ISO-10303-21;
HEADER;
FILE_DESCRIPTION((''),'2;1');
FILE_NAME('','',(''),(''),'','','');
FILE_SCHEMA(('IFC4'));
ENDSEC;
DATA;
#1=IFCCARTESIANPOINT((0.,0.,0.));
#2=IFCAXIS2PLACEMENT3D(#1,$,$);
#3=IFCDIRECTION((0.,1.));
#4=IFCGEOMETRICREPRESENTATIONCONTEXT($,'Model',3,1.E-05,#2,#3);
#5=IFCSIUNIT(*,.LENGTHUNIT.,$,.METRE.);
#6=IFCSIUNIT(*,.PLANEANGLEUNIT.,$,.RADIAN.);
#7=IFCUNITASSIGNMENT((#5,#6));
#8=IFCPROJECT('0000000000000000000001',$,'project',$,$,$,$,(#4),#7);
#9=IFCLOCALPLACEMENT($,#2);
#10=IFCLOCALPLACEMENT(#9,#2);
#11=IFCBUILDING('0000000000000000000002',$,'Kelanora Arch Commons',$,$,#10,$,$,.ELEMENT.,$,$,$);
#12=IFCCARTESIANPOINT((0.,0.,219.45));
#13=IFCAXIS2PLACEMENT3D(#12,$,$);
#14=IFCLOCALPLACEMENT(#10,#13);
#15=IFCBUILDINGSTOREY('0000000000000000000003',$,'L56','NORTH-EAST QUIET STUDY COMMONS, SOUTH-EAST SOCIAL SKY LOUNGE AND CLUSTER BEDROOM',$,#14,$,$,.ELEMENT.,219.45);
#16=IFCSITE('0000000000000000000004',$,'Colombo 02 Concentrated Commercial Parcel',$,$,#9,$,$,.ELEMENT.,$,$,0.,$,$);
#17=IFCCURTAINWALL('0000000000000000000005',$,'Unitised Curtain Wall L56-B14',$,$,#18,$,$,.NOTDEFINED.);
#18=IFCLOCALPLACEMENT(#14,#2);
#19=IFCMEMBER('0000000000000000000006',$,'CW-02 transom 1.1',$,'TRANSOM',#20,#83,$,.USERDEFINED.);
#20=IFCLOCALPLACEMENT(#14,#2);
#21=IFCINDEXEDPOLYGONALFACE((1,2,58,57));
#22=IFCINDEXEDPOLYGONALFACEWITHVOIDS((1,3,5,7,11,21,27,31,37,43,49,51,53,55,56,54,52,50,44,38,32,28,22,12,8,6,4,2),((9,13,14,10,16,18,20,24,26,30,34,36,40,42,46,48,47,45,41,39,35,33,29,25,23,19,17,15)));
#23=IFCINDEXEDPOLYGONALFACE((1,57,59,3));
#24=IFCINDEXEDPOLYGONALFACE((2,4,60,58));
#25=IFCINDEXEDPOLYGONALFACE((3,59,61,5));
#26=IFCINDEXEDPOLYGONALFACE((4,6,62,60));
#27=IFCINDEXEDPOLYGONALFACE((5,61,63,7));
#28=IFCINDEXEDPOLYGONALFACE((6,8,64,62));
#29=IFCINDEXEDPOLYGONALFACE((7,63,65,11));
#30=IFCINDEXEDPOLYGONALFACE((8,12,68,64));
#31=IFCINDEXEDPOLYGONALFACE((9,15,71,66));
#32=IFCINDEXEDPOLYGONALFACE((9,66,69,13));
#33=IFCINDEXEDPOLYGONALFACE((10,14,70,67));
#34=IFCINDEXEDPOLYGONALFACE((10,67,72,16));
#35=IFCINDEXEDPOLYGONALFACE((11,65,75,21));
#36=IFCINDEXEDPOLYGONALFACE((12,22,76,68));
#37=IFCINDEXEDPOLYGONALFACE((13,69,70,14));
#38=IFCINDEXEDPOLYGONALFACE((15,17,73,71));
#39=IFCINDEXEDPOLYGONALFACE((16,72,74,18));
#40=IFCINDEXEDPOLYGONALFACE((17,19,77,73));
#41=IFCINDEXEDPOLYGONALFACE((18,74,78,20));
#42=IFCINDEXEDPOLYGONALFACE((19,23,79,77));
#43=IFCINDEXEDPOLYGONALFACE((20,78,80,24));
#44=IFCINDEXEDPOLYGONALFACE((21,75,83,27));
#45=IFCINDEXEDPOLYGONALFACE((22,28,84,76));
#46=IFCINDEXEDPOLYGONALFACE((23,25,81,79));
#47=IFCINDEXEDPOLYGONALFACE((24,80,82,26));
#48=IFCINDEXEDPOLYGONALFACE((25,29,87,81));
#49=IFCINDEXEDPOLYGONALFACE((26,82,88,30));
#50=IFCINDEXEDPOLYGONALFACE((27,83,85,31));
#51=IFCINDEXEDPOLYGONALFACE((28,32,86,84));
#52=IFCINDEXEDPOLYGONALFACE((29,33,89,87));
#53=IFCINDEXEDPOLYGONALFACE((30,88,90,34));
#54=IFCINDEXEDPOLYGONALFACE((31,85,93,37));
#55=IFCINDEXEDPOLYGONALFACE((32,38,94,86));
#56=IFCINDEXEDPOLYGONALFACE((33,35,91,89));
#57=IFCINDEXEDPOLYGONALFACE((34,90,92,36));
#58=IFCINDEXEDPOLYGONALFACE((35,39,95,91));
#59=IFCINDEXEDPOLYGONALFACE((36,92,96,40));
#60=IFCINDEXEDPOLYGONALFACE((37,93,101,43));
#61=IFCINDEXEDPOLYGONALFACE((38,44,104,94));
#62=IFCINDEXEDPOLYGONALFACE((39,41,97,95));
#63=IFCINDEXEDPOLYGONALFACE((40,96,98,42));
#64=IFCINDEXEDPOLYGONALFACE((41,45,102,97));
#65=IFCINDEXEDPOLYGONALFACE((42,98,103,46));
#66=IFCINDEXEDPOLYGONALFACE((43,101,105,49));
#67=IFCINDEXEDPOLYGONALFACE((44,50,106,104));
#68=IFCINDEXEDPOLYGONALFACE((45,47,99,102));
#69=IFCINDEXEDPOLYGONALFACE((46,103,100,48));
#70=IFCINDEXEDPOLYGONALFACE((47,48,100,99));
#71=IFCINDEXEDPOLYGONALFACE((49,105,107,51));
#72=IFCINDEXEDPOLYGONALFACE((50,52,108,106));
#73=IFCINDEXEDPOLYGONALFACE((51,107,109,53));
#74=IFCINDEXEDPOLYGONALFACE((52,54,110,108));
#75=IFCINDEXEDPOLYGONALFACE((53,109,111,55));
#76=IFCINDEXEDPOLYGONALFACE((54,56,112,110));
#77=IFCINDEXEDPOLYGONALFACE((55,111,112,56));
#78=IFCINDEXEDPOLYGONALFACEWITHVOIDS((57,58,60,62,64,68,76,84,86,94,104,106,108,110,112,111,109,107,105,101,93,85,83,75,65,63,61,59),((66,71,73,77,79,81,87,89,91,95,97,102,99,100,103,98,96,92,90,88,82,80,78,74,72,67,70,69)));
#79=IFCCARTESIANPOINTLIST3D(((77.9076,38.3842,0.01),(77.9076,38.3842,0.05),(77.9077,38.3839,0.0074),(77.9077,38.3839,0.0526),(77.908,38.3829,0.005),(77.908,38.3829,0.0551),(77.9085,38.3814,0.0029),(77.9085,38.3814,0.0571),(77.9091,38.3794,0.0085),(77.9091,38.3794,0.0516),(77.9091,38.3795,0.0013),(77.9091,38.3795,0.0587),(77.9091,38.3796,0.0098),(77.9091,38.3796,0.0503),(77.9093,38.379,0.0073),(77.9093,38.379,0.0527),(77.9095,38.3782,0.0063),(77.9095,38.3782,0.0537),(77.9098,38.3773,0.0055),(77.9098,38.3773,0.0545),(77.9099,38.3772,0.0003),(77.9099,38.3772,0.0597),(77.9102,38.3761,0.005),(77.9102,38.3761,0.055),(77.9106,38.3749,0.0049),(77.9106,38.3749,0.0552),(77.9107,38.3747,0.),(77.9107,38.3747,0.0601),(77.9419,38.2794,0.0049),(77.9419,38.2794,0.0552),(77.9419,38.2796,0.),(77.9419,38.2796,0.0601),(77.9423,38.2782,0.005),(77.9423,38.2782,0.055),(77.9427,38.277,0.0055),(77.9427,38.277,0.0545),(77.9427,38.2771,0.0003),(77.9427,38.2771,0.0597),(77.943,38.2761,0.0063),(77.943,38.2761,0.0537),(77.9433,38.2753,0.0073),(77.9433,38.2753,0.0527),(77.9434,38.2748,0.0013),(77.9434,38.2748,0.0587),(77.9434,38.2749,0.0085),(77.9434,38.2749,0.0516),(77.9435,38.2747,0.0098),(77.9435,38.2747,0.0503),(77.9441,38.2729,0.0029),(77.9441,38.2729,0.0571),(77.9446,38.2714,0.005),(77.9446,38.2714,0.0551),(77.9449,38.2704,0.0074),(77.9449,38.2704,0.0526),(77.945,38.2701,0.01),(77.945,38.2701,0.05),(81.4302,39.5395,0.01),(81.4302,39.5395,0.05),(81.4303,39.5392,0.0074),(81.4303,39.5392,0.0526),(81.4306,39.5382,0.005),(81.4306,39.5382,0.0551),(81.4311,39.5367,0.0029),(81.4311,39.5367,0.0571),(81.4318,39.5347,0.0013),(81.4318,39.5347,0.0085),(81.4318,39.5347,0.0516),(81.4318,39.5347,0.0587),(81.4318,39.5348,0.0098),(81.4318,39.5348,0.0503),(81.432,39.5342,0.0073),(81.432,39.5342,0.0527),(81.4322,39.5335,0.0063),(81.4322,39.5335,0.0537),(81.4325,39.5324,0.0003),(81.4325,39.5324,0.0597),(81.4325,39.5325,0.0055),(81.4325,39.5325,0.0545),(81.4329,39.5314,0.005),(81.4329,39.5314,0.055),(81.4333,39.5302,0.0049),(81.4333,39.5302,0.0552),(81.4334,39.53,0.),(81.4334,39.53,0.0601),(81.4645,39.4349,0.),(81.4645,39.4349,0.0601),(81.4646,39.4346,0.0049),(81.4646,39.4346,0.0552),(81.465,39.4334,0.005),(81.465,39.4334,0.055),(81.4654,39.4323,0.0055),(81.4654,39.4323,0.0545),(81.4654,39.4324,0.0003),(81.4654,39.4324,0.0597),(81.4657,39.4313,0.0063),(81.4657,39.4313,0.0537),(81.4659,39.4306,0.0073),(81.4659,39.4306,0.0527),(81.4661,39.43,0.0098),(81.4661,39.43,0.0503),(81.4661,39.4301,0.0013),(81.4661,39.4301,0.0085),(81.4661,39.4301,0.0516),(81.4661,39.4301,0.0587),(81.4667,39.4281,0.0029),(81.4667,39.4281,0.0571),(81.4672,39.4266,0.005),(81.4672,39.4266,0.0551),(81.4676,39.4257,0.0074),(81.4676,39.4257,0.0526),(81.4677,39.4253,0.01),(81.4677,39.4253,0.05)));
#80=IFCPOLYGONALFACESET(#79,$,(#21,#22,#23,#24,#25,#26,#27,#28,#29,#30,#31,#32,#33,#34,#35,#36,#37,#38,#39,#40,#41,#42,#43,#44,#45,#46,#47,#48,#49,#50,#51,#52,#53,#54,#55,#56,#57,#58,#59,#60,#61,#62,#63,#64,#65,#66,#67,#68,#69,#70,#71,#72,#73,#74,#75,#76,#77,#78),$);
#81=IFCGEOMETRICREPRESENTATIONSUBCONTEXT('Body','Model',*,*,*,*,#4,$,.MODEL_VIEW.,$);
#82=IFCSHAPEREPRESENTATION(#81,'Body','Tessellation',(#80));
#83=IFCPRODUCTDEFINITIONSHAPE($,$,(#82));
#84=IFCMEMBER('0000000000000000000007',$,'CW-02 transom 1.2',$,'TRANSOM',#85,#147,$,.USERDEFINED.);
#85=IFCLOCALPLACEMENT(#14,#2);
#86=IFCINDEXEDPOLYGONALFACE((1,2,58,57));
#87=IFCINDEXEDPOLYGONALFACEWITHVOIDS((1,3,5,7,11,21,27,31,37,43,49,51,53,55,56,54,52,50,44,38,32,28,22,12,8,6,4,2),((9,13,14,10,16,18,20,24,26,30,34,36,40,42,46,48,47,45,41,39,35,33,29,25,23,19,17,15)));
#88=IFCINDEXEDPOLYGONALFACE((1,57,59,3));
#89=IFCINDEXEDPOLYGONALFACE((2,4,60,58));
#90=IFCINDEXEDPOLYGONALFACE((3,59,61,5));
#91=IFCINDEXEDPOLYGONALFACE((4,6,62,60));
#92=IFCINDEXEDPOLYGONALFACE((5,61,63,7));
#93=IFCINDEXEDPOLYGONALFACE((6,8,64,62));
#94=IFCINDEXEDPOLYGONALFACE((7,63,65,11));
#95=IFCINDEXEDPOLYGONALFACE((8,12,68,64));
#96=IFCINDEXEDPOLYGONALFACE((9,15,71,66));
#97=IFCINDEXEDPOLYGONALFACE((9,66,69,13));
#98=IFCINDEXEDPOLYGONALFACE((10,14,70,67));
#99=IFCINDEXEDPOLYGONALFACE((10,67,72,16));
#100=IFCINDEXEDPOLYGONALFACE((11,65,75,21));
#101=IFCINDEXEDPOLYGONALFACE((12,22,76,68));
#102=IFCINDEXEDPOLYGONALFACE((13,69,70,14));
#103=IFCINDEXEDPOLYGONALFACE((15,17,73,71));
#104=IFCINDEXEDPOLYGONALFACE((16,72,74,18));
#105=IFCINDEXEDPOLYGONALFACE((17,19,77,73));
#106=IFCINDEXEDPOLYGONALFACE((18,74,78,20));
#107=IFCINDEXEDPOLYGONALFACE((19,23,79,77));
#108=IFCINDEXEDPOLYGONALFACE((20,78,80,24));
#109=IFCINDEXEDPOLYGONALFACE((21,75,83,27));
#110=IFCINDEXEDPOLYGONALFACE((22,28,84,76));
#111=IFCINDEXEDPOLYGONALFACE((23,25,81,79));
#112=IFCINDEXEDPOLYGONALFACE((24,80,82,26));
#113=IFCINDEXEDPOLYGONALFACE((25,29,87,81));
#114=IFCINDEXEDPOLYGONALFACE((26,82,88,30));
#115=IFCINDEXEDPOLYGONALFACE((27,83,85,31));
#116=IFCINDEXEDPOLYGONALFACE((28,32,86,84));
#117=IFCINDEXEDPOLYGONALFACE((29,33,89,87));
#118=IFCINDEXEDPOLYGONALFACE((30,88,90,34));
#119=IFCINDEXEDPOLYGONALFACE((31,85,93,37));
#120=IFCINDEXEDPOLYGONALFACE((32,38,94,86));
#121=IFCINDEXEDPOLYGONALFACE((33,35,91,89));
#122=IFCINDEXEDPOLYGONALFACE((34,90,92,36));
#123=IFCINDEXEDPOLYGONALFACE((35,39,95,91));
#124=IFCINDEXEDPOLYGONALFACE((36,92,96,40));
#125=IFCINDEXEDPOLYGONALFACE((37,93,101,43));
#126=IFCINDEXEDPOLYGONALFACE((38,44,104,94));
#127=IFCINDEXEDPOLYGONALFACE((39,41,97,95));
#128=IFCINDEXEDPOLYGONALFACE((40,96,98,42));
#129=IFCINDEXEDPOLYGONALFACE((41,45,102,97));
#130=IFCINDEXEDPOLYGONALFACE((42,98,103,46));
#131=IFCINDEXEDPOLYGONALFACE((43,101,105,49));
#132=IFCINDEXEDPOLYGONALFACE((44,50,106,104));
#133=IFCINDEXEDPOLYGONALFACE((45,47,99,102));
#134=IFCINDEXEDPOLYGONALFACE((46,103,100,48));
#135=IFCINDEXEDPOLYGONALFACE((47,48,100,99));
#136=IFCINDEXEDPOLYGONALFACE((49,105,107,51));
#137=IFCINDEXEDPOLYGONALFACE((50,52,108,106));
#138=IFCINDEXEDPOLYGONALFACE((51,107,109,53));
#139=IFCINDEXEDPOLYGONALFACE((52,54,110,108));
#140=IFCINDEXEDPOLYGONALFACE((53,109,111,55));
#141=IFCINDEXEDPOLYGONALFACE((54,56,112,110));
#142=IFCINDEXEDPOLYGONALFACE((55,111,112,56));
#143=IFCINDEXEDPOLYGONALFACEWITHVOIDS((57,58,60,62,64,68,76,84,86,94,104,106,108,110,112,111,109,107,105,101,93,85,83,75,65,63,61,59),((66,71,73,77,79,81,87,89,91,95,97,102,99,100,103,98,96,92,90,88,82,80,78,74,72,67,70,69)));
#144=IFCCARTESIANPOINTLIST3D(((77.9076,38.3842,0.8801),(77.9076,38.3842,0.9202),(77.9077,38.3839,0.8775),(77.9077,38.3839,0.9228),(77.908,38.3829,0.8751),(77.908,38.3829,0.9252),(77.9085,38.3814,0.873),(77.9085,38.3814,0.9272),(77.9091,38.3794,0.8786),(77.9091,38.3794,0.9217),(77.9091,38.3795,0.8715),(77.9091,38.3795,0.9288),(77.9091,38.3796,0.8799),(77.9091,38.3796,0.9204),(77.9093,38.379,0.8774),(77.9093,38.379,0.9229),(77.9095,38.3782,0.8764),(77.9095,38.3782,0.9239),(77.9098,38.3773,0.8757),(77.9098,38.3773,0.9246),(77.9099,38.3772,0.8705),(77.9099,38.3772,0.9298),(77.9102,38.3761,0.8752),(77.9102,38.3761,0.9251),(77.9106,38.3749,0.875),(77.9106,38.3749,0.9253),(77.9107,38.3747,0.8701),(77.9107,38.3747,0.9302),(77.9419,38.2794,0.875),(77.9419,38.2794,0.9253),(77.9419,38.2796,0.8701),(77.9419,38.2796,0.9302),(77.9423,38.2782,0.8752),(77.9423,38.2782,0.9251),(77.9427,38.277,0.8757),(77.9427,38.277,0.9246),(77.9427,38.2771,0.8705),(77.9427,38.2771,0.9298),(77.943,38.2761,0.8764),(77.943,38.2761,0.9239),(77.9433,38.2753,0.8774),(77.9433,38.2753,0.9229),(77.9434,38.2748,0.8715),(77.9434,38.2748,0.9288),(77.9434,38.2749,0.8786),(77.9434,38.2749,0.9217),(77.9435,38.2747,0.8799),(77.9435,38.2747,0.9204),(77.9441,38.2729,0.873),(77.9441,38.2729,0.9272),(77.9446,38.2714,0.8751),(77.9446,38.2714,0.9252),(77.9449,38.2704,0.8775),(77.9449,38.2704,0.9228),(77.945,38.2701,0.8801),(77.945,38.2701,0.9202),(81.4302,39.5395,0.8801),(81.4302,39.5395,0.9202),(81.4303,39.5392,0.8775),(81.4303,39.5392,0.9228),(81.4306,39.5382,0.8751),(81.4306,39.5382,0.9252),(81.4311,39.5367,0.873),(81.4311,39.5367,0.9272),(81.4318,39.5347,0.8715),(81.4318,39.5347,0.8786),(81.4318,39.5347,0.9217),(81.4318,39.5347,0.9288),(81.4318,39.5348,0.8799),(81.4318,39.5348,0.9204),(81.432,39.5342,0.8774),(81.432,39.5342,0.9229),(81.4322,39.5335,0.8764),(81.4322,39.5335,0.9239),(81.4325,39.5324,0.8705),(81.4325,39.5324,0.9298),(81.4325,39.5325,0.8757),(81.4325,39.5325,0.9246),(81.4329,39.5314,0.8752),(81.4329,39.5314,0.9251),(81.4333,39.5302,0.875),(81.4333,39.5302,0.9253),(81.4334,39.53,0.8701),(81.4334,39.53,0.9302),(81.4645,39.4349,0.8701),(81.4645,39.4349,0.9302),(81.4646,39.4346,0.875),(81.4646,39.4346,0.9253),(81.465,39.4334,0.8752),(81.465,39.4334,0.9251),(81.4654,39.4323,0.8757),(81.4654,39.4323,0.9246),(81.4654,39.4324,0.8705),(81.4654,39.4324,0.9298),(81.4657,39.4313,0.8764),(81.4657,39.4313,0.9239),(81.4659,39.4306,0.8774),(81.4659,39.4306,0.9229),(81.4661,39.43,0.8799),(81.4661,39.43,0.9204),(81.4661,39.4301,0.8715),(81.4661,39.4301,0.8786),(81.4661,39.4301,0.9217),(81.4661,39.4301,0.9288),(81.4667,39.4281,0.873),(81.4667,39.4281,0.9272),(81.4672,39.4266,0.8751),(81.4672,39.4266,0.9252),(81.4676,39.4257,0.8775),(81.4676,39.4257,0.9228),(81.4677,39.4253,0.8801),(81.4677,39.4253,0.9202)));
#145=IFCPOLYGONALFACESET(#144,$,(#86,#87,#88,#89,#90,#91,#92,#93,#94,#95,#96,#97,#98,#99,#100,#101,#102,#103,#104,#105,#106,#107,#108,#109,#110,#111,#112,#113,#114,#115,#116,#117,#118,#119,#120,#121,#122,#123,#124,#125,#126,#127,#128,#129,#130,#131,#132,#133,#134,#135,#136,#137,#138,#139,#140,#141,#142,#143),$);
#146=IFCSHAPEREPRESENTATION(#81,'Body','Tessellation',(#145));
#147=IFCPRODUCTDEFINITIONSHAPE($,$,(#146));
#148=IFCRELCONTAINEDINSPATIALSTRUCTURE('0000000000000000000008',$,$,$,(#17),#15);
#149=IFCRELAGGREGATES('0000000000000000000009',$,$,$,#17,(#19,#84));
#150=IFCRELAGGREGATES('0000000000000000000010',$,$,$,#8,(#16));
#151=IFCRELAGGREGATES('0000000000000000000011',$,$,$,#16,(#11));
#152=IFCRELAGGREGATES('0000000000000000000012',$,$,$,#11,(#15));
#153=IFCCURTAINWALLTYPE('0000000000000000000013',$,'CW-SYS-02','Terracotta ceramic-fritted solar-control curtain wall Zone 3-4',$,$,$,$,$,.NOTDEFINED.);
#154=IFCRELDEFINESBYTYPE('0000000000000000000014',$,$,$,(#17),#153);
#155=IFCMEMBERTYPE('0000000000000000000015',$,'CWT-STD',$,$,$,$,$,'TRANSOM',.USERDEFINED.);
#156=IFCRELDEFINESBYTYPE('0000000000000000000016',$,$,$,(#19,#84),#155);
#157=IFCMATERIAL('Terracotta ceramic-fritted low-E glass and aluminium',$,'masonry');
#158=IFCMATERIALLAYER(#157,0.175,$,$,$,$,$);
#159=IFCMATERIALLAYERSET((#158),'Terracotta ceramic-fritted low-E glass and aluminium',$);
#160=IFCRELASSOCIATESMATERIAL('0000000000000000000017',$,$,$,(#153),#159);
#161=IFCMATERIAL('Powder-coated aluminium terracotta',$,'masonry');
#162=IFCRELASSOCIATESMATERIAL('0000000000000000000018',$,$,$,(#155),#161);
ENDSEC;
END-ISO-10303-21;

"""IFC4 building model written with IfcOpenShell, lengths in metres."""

from ifc_helpers import new_model, si_unit, direction, frame, origin, origin_2d, place, context, subcontext, project, spatial, hollow_rectangle, extrude, material, layer, layer_set, material_profile, profile_set, type_object, element, aggregate, save


model = new_model("IFC4")

# Units and contexts
model_context = context("Model", 3, precision=1e-05, world=origin(), true_north=direction((0.0, 1.0)))
body_context = subcontext(model_context, "Body", "Model", "MODEL_VIEW")
ifc_project = project(units=[si_unit("LENGTHUNIT", "METRE"), si_unit("PLANEANGLEUNIT", "RADIAN")], contexts=[model_context])

# Site, building, storey
site_placement = place(None, origin())
site = spatial("IfcSite", under=ifc_project, at=site_placement, Name="Colombo 02 Concentrated Commercial Parcel", CompositionType="ELEMENT", RefElevation=0.0)
building_placement = place(site_placement, origin())
building = spatial("IfcBuilding", under=site, at=building_placement, Name="Kelanora Arch Commons", CompositionType="ELEMENT")
storey_placement = place(building_placement, frame((0.0, 0.0, 219.45)))
storey = spatial("IfcBuildingStorey", under=building, at=storey_placement, Name="L56", Description="NORTH-EAST QUIET STUDY COMMONS, SOUTH-EAST SOCIAL SKY LOUNGE AND CLUSTER BEDROOM", CompositionType="ELEMENT", Elevation=219.45)

# Curtain wall, members
ifc_material_1 = material(Name="Terracotta ceramic-fritted low-E glass and aluminium", Category="masonry")
ifc_layer_1 = layer(ifc_material_1, 0.175)
ifc_layer_set_1 = layer_set([ifc_layer_1], Name="Terracotta ceramic-fritted low-E glass and aluminium")
curtain_wall_type = type_object("IfcCurtainWallType", Name="CW-SYS-02", Description="Terracotta ceramic-fritted solar-control curtain wall Zone 3-4", PredefinedType="NOTDEFINED", material=ifc_layer_set_1)
curtain_wall_placement = place(storey_placement, origin())
curtain_wall = element("IfcCurtainWall", 1, at=curtain_wall_placement, inside=storey, type_object=curtain_wall_type, Name="Unitised Curtain Wall L56-B14", PredefinedType="NOTDEFINED")
ifc_material_2 = material(Name="Powder-coated aluminium terracotta", Category="masonry")
ifc_material_profile_1 = material_profile(ifc_material_2, hollow_rectangle(XDim=0.1201, YDim=0.0601, WallThickness=0.0049, InnerFilletRadius=0.0049, OuterFilletRadius=0.01, at=origin_2d()), Name="CWT120x60")
ifc_profile_set_1 = profile_set([ifc_material_profile_1], Name="Powder-coated aluminium terracotta")
member_type_1 = type_object("IfcMemberType", Name="CWT-STD", ElementType="TRANSOM", PredefinedType="USERDEFINED", material=ifc_profile_set_1)
member_1_placement = place(storey_placement, frame((77.9263, 38.3271, 0.03), z_axis=(0.950207, 0.311621, 0.0), x_axis=(-0.311621, 0.950207, 0.0)))
member_1 = element("IfcMember", 2, at=member_1_placement, type_object=member_type_1, Name="CW-02 transom 1.1", ObjectType="TRANSOM", PredefinedType="USERDEFINED", context=body_context, shape_type="SweptSolid", body=[
    extrude(hollow_rectangle(XDim=0.1201, YDim=0.0601, WallThickness=0.0049, InnerFilletRadius=0.0049, OuterFilletRadius=0.01, at=origin_2d()), origin(), (0.0, 0.0, 1.0), 3.7073),
])
member_2_placement = place(storey_placement, frame((77.9263, 38.3271, 0.9001), z_axis=(0.950207, 0.311621, 0.0), x_axis=(-0.311621, 0.950207, 0.0)))
member_2 = element("IfcMember", 3, at=member_2_placement, type_object=member_type_1, Name="CW-02 transom 1.2", ObjectType="TRANSOM", PredefinedType="USERDEFINED", context=body_context, shape_type="SweptSolid", body=[
    extrude(hollow_rectangle(XDim=0.1201, YDim=0.0601, WallThickness=0.0049, InnerFilletRadius=0.0049, OuterFilletRadius=0.01, at=origin_2d()), origin(), (0.0, 0.0, 1.0), 3.7073),
])
aggregate(curtain_wall, [member_1, member_2])

save(model, "model.ifc")
